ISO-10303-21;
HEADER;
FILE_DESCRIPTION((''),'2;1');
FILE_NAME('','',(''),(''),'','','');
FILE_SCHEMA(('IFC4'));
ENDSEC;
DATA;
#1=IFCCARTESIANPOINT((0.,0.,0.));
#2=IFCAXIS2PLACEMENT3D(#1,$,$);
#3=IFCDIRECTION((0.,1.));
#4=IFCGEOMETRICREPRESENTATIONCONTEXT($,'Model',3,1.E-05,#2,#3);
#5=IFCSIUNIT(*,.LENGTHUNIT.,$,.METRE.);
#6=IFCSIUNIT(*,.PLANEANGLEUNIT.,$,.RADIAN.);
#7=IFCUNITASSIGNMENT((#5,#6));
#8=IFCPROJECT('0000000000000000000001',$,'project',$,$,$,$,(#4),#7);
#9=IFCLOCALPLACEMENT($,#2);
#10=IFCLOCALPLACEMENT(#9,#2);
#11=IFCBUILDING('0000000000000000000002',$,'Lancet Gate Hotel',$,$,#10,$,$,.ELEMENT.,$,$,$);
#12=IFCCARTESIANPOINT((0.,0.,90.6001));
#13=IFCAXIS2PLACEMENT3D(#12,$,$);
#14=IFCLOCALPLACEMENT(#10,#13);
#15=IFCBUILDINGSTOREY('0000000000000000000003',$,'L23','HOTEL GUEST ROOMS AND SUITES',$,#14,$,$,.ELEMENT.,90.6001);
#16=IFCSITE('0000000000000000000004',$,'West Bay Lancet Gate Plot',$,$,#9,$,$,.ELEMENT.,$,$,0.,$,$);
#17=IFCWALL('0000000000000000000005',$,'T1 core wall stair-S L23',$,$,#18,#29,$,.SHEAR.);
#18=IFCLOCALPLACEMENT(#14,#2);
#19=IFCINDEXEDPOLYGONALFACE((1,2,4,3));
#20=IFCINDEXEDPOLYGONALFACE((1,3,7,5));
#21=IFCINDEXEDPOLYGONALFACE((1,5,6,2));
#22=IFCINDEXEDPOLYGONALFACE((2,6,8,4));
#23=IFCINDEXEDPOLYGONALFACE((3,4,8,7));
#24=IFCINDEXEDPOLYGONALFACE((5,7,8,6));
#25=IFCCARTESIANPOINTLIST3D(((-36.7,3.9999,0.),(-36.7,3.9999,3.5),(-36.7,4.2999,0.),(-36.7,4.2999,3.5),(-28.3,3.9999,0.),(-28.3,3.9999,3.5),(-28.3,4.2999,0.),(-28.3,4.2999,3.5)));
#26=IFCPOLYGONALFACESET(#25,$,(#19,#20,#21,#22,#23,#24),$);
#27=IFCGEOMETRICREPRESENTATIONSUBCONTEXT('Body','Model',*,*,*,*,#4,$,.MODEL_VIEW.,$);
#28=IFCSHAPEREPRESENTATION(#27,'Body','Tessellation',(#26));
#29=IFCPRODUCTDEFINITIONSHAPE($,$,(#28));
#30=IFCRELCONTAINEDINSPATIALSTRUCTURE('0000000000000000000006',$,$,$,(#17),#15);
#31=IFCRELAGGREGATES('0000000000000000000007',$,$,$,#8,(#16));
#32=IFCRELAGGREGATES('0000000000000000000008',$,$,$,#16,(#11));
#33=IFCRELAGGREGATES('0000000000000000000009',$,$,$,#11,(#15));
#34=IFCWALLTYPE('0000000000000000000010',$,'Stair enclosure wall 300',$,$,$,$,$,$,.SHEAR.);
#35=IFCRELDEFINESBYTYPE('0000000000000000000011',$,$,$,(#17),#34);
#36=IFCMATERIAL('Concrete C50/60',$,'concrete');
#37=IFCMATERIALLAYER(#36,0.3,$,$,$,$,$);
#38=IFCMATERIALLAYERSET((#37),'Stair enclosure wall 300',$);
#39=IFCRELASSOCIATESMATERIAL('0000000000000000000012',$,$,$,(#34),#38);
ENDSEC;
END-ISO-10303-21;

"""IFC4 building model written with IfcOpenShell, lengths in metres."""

from ifc_helpers import new_model, si_unit, direction, frame, frame_2d, origin, place, context, subcontext, project, spatial, rectangle, extrude, material, layer, layer_set, type_object, element, save


model = new_model("IFC4")

# Units and contexts
model_context = context("Model", 3, precision=1e-05, world=origin(), true_north=direction((0.0, 1.0)))
body_context = subcontext(model_context, "Body", "Model", "MODEL_VIEW")
ifc_project = project(units=[si_unit("LENGTHUNIT", "METRE"), si_unit("PLANEANGLEUNIT", "RADIAN")], contexts=[model_context])

# Site, building, storey
site_placement = place(None, origin())
site = spatial("IfcSite", under=ifc_project, at=site_placement, Name="West Bay Lancet Gate Plot", CompositionType="ELEMENT", RefElevation=0.0)
building_placement = place(site_placement, origin())
building = spatial("IfcBuilding", under=site, at=building_placement, Name="Lancet Gate Hotel", CompositionType="ELEMENT")
storey_placement = place(building_placement, frame((0.0, 0.0, 90.6001)))
storey = spatial("IfcBuildingStorey", under=building, at=storey_placement, Name="L23", Description="HOTEL GUEST ROOMS AND SUITES", CompositionType="ELEMENT", Elevation=90.6001)

# Wall
ifc_material_1 = material(Name="Concrete C50/60", Category="concrete")
ifc_layer_1 = layer(ifc_material_1, 0.3)
ifc_layer_set_1 = layer_set([ifc_layer_1], Name="Stair enclosure wall 300")
wall_type_1 = type_object("IfcWallType", Name="Stair enclosure wall 300", PredefinedType="SHEAR", material=ifc_layer_set_1)
wall_1_placement = place(storey_placement, frame((-28.3, 4.1499, 0.0), z_axis=(0.0, 0.0, 1.0), x_axis=(-1.0, 0.0, 0.0)))
element("IfcWall", 1, at=wall_1_placement, inside=storey, type_object=wall_type_1, Name="T1 core wall stair-S L23", PredefinedType="SHEAR", context=body_context, shape_type="SweptSolid", body=[
    extrude(rectangle(XDim=8.3999, YDim=0.3, at=frame_2d((4.2, 0.0))), origin(), (0.0, 0.0, 1.0), 3.5),
])

save(model, "model.ifc")
